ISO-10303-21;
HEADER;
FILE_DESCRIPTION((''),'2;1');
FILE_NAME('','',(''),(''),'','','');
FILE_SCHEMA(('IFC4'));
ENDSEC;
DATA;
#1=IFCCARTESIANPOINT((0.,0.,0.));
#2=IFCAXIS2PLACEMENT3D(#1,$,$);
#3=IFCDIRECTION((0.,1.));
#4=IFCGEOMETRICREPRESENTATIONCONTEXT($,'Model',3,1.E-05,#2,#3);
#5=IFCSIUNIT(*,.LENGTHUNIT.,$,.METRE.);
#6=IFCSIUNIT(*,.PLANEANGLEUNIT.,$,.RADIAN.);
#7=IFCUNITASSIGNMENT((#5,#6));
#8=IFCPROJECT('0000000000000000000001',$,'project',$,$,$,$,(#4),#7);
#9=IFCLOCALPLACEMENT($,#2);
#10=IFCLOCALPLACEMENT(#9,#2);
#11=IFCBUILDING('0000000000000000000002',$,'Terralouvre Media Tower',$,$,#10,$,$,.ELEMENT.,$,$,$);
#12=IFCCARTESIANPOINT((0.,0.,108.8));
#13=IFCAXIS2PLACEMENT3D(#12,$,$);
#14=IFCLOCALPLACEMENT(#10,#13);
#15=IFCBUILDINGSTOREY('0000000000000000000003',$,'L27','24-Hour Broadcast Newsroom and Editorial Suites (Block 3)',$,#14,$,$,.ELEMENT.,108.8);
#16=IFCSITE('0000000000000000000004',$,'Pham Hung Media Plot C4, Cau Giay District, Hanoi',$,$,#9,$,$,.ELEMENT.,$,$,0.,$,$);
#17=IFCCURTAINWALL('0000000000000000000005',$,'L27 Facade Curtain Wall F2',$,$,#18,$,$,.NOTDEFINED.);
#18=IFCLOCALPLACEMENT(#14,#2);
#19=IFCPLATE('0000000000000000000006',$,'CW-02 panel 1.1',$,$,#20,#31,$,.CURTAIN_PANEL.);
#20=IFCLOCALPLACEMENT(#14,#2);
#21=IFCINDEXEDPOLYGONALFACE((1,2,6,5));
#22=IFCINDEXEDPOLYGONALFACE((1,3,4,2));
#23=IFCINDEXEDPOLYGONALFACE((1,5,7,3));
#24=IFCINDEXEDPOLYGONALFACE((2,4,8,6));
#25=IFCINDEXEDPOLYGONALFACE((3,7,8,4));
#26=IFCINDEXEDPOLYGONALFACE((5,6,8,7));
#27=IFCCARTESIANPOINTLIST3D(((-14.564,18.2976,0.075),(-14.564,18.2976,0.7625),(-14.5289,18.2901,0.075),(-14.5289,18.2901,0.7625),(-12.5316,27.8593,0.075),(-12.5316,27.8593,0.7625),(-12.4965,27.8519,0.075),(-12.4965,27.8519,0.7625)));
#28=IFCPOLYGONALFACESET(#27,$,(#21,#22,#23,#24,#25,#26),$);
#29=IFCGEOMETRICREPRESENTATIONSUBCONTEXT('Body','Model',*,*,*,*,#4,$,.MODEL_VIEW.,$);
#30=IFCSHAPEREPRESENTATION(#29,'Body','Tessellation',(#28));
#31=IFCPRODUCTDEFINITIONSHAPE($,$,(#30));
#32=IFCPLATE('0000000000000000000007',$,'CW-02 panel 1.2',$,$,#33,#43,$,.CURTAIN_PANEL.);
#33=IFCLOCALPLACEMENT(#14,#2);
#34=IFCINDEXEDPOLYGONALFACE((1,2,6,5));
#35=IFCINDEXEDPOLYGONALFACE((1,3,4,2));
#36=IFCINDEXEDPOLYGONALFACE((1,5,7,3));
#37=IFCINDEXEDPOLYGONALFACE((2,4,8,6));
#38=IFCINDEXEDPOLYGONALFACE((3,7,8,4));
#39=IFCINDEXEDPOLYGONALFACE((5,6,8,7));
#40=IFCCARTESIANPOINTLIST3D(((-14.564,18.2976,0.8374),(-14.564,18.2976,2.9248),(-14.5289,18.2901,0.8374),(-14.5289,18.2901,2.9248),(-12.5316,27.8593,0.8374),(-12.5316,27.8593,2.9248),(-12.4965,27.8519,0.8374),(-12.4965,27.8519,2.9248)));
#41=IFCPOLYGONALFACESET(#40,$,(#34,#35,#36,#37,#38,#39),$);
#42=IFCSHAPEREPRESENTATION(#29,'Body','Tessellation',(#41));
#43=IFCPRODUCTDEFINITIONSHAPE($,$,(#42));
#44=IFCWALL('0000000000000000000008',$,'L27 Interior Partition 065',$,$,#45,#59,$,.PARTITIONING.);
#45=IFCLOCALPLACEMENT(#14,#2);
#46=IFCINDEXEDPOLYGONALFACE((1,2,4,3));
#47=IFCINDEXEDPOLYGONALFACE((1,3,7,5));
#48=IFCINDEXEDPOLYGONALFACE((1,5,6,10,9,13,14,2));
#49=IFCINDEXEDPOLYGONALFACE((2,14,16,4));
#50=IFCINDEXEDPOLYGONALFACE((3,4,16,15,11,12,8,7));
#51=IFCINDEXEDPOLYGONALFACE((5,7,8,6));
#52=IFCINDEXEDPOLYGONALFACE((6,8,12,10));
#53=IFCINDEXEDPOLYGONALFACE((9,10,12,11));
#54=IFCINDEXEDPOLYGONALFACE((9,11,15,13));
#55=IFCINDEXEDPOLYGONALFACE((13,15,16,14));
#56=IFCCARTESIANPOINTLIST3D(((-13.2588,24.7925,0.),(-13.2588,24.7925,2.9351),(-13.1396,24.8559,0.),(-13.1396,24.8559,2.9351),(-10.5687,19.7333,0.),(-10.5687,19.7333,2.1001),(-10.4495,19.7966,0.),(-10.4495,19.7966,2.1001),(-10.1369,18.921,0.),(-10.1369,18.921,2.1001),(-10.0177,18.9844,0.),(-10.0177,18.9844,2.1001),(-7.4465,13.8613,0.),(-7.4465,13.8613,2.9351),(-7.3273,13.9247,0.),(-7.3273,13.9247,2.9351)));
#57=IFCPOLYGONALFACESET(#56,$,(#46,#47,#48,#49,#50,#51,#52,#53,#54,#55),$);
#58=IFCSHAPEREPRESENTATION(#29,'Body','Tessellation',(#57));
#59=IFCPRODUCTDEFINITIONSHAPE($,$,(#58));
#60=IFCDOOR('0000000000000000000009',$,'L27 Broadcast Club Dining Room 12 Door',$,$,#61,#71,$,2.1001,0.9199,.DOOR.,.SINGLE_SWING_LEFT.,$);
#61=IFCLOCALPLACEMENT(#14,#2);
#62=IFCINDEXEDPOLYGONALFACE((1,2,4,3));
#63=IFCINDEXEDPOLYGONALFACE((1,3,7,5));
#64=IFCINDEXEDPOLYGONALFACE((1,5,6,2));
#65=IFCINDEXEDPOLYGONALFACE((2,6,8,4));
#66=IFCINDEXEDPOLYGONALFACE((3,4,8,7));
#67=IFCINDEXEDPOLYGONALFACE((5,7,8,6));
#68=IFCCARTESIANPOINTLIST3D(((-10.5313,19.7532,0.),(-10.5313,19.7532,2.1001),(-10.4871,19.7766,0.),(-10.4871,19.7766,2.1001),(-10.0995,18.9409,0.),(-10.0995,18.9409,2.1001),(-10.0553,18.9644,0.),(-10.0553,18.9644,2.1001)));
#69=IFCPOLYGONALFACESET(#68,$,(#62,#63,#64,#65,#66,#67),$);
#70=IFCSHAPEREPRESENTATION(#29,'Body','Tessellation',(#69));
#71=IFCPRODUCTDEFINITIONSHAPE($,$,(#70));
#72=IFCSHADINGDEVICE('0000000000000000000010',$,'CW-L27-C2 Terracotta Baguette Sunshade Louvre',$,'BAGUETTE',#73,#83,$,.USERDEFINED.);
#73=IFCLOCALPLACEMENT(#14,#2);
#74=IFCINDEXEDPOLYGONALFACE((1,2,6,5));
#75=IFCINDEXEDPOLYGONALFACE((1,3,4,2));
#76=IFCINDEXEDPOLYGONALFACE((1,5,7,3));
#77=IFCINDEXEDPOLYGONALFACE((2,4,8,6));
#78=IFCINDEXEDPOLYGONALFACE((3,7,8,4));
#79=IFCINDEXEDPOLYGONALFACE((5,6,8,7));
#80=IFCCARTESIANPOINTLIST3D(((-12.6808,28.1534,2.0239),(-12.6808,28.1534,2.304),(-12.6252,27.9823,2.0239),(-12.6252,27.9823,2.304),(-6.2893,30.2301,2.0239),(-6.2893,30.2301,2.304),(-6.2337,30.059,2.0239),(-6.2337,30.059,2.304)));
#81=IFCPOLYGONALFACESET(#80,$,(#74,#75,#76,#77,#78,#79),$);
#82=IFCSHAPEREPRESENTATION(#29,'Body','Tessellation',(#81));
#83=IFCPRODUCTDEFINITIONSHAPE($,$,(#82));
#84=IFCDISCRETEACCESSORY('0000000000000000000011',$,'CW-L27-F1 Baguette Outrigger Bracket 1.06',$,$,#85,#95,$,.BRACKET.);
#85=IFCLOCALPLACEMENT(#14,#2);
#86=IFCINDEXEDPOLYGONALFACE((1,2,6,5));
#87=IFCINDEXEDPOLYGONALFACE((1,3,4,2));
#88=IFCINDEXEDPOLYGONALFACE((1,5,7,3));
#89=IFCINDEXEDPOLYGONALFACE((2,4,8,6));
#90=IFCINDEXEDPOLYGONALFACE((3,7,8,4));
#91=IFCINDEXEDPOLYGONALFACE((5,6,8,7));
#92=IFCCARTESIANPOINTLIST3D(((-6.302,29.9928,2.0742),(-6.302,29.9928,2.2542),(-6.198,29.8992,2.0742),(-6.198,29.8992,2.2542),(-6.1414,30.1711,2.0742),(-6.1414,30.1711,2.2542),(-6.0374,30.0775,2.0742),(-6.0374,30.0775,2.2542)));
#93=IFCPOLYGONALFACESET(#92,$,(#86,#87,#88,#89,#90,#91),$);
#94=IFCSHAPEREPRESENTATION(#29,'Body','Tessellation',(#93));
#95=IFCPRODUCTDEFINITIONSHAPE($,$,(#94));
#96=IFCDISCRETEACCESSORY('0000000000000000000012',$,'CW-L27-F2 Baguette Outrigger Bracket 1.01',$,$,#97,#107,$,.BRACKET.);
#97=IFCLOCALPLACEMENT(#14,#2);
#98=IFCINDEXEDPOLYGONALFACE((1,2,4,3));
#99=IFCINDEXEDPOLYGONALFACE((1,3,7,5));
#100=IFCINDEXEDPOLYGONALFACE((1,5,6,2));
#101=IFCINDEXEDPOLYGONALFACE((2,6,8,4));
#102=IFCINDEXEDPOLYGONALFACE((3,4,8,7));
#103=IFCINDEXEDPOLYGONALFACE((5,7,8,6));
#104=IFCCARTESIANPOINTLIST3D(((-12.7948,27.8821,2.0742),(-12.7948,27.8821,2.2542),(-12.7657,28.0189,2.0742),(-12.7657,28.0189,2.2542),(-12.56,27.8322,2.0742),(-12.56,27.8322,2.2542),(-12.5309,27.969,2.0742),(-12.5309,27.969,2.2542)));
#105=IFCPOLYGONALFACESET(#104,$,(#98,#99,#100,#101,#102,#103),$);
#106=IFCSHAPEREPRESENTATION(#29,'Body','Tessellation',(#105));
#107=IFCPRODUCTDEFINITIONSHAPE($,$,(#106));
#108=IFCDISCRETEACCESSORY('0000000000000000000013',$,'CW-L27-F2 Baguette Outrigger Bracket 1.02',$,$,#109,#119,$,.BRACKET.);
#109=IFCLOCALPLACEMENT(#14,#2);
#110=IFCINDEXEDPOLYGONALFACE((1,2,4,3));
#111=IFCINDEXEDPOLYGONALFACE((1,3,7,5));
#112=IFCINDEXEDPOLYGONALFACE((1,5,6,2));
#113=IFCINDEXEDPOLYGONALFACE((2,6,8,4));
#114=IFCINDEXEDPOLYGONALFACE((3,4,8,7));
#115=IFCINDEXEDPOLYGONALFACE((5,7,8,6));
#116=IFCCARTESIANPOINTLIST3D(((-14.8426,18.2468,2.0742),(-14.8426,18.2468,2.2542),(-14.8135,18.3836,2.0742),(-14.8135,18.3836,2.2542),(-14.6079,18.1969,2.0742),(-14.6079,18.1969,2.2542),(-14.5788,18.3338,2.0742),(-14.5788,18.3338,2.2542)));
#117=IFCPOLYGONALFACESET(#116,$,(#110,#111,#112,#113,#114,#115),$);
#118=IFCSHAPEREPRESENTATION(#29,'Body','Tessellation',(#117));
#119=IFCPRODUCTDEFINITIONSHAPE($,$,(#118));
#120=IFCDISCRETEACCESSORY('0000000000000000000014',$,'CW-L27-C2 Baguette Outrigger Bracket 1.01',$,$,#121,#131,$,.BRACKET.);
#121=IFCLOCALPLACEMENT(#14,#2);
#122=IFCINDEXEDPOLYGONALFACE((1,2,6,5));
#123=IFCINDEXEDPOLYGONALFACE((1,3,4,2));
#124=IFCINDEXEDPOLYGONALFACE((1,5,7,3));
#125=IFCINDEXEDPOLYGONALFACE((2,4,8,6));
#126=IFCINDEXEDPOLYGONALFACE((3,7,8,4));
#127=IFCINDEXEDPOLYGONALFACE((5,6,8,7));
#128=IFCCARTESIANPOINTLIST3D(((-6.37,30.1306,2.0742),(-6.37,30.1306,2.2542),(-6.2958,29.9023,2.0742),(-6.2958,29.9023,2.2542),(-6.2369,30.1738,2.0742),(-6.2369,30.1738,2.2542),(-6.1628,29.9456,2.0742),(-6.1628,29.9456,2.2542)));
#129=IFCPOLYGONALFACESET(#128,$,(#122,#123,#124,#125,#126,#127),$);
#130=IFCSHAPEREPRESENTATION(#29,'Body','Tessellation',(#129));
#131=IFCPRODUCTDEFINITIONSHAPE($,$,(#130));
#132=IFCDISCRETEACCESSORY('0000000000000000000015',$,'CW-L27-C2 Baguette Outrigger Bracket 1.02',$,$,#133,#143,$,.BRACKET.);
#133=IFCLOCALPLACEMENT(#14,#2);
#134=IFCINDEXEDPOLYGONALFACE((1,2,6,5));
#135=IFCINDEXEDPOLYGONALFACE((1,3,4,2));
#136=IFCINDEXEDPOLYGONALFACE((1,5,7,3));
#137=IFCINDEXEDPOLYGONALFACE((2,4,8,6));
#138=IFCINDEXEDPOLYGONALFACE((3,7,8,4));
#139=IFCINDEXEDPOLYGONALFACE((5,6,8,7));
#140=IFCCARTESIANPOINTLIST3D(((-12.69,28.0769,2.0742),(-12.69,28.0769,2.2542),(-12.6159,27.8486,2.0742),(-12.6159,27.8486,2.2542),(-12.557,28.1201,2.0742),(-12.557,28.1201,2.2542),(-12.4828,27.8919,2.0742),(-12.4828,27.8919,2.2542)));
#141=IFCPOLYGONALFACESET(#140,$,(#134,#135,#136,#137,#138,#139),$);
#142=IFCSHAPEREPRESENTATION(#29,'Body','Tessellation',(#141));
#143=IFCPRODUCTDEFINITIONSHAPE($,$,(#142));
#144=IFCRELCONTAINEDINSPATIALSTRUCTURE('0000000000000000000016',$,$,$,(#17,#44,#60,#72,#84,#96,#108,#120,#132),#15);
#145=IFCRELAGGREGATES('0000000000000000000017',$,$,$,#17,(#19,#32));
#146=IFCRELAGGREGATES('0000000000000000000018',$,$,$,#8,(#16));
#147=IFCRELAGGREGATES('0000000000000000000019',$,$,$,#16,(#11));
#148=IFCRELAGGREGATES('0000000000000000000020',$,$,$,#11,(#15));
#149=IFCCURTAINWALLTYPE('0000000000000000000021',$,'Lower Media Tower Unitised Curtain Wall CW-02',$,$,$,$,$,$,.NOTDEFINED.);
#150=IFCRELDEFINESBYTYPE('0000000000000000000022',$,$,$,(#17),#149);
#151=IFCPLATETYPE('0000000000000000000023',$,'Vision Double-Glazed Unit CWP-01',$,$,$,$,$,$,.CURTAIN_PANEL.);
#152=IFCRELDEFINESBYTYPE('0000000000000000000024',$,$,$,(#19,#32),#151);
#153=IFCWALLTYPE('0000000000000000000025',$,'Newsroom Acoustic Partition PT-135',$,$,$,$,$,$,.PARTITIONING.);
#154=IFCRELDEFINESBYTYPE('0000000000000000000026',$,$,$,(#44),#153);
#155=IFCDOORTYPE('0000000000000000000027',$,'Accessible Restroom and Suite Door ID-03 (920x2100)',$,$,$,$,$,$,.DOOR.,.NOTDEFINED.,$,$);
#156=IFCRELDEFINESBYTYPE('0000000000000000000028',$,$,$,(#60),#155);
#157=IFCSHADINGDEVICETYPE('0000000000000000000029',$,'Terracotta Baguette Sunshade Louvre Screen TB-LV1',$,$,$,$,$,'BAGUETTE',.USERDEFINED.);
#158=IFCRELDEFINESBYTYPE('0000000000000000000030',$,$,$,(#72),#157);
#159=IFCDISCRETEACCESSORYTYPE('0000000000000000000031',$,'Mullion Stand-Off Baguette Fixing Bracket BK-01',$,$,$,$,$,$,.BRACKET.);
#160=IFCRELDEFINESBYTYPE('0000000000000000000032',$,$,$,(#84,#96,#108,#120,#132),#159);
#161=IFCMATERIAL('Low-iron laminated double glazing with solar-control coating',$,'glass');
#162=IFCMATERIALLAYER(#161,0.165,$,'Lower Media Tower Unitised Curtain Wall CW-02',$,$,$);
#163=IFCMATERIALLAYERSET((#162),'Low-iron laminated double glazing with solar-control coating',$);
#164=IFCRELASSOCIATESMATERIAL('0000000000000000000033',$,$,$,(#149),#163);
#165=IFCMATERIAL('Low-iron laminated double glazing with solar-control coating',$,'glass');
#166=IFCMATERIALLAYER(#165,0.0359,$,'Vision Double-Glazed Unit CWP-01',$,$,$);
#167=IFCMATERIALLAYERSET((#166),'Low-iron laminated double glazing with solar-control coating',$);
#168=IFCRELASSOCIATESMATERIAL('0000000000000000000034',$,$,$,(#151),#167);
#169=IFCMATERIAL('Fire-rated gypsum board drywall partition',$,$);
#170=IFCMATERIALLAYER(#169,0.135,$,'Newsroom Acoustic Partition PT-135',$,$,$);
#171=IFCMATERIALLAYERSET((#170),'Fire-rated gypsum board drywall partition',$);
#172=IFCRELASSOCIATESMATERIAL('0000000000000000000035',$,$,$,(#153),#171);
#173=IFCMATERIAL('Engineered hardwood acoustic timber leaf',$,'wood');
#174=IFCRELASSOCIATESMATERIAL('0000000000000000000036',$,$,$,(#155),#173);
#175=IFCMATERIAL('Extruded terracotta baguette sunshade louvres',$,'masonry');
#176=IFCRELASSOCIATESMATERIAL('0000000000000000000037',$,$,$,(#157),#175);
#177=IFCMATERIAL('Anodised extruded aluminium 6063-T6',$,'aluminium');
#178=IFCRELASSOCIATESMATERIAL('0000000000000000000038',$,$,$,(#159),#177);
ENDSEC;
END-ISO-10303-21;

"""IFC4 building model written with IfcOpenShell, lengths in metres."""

from ifc_helpers import new_model, si_unit, direction, frame, frame_2d, origin, origin_2d, place, context, subcontext, project, spatial, rectangle, extrude, material, layer, layer_set, type_object, element, fill, aggregate, save


model = new_model("IFC4")

# Units and contexts
model_context = context("Model", 3, precision=1e-05, world=origin(), true_north=direction((0.0, 1.0)))
body_context = subcontext(model_context, "Body", "Model", "MODEL_VIEW")
ifc_project = project(units=[si_unit("LENGTHUNIT", "METRE"), si_unit("PLANEANGLEUNIT", "RADIAN")], contexts=[model_context])

# Site, building, storey
site_placement = place(None, origin())
site = spatial("IfcSite", under=ifc_project, at=site_placement, Name="Pham Hung Media Plot C4, Cau Giay District, Hanoi", CompositionType="ELEMENT", RefElevation=0.0)
building_placement = place(site_placement, origin())
building = spatial("IfcBuilding", under=site, at=building_placement, Name="Terralouvre Media Tower", CompositionType="ELEMENT")
storey_placement = place(building_placement, frame((0.0, 0.0, 108.8)))
storey = spatial("IfcBuildingStorey", under=building, at=storey_placement, Name="L27", Description="24-Hour Broadcast Newsroom and Editorial Suites (Block 3)", CompositionType="ELEMENT", Elevation=108.8)

# Curtain wall
ifc_material_1 = material(Name="Low-iron laminated double glazing with solar-control coating", Category="glass")
ifc_layer_1 = layer(ifc_material_1, 0.165, Name="Lower Media Tower Unitised Curtain Wall CW-02")
ifc_layer_set_1 = layer_set([ifc_layer_1], Name="Low-iron laminated double glazing with solar-control coating")
curtain_wall_type_1 = type_object("IfcCurtainWallType", Name="Lower Media Tower Unitised Curtain Wall CW-02", PredefinedType="NOTDEFINED", material=ifc_layer_set_1)
curtain_wall_1_placement = place(storey_placement, origin())
curtain_wall_1 = element("IfcCurtainWall", 1, at=curtain_wall_1_placement, inside=storey, type_object=curtain_wall_type_1, Name="L27 Facade Curtain Wall F2", PredefinedType="NOTDEFINED")

# Plates
ifc_material_2 = material(Name="Low-iron laminated double glazing with solar-control coating", Category="glass")
ifc_layer_2 = layer(ifc_material_2, 0.0359, Name="Vision Double-Glazed Unit CWP-01")
ifc_layer_set_2 = layer_set([ifc_layer_2], Name="Low-iron laminated double glazing with solar-control coating")
plate_type_1 = type_object("IfcPlateType", Name="Vision Double-Glazed Unit CWP-01", PredefinedType="CURTAIN_PANEL", material=ifc_layer_set_2)
plate_1_placement = place(storey_placement, frame((-13.5303, 23.0747, 0.075), z_axis=(0.0, 0.0, 1.0), x_axis=(-0.207912, -0.978148, 0.0)))
plate_1 = element("IfcPlate", 2, at=plate_1_placement, type_object=plate_type_1, Name="CW-02 panel 1.1", PredefinedType="CURTAIN_PANEL", context=body_context, shape_type="SweptSolid", body=[
    extrude(rectangle(XDim=9.7754, YDim=0.0359, at=origin_2d()), origin(), (0.0, 0.0, 1.0), 0.6875),
])
plate_2_placement = place(storey_placement, frame((-13.5303, 23.0747, 0.8374), z_axis=(0.0, 0.0, 1.0), x_axis=(-0.207912, -0.978148, 0.0)))
plate_2 = element("IfcPlate", 3, at=plate_2_placement, type_object=plate_type_1, Name="CW-02 panel 1.2", PredefinedType="CURTAIN_PANEL", context=body_context, shape_type="SweptSolid", body=[
    extrude(rectangle(XDim=9.7754, YDim=0.0359, at=origin_2d()), origin(), (0.0, 0.0, 1.0), 2.0874),
])
aggregate(curtain_wall_1, [plate_1, plate_2])

# Wall, opening, door
ifc_material_3 = material(Name="Fire-rated gypsum board drywall partition")
ifc_layer_3 = layer(ifc_material_3, 0.135, Name="Newsroom Acoustic Partition PT-135")
ifc_layer_set_3 = layer_set([ifc_layer_3], Name="Fire-rated gypsum board drywall partition")
wall_type = type_object("IfcWallType", Name="Newsroom Acoustic Partition PT-135", PredefinedType="PARTITIONING", material=ifc_layer_set_3)
wall_placement = place(storey_placement, frame((-13.1992, 24.8242, 0.0), z_axis=(0.0, 0.0, 1.0), x_axis=(0.469475, -0.882946, 0.0)))
wall = element("IfcWall", 4, at=wall_placement, inside=storey, type_object=wall_type, Name="L27 Interior Partition 065", PredefinedType="PARTITIONING", context=body_context, shape_type="SweptSolid", body=[
    extrude(rectangle(XDim=12.3804, YDim=0.135, at=frame_2d((6.1902, 0.0))), origin(), (0.0, 0.0, 1.0), 2.9351),
])
opening_placement = place(wall_placement, frame((5.73, 0.0, 0.0)))
opening = element("IfcOpeningElement", 5, at=opening_placement, cuts=wall, PredefinedType="OPENING", context=body_context, shape_type="SweptSolid", body=[
    extrude(rectangle(XDim=0.9199, YDim=2.1001, at=frame_2d((0.46, 1.05))), frame((0.0, 0.0774, 0.0), z_axis=(0.0, -1.0, 0.0), x_axis=(1.0, 0.0, 0.0)), (0.0, 0.0, 1.0), 0.155),
])
ifc_material_4 = material(Name="Engineered hardwood acoustic timber leaf", Category="wood")
door_type = type_object("IfcDoorType", Name="Accessible Restroom and Suite Door ID-03 (920x2100)", OperationType="NOTDEFINED", PredefinedType="DOOR", material=ifc_material_4)
door_placement = place(opening_placement, origin())
door = element("IfcDoor", 6, at=door_placement, inside=storey, type_object=door_type, Name="L27 Broadcast Club Dining Room 12 Door", OperationType="SINGLE_SWING_LEFT", OverallHeight=2.1001, OverallWidth=0.9199, PredefinedType="DOOR", context=body_context, shape_type="SweptSolid", body=[
    extrude(rectangle(XDim=0.9199, YDim=2.1001, at=frame_2d((0.46, 1.05))), frame((0.0, 0.0249, 0.0), z_axis=(0.0, -1.0, 0.0), x_axis=(1.0, 0.0, 0.0)), (0.0, 0.0, 1.0), 0.05),
])
fill(opening, door)

# Shading device
ifc_material_5 = material(Name="Extruded terracotta baguette sunshade louvres", Category="masonry")
shading_device_type = type_object("IfcShadingDeviceType", Name="Terracotta Baguette Sunshade Louvre Screen TB-LV1", ElementType="BAGUETTE", PredefinedType="USERDEFINED", material=ifc_material_5)
shading_device_placement = place(storey_placement, frame((-9.4573, 29.1062, 2.0239), z_axis=(0.0, 0.0, 1.0), x_axis=(-0.951056, -0.309018, 0.0)))
element("IfcShadingDevice", 7, at=shading_device_placement, inside=storey, type_object=shading_device_type, Name="CW-L27-C2 Terracotta Baguette Sunshade Louvre", ObjectType="BAGUETTE", PredefinedType="USERDEFINED", context=body_context, shape_type="SweptSolid", body=[
    extrude(rectangle(XDim=6.7205, YDim=0.1799, at=origin_2d()), origin(), (0.0, 0.0, 1.0), 0.28),
])

# Discrete accessories
ifc_material_6 = material(Name="Anodised extruded aluminium 6063-T6", Category="aluminium")
discrete_accessory_type = type_object("IfcDiscreteAccessoryType", Name="Mullion Stand-Off Baguette Fixing Bracket BK-01", PredefinedType="BRACKET", material=ifc_material_6)
for number, where, z_axis, x_axis, name in (
    (8, (-6.1697, 30.0352, 2.0742), (0.0, 0.0, 1.0), (-0.743145, 0.669131, 0.0), "CW-L27-F1 Baguette Outrigger Bracket 1.06"),
    (9, (-12.6628, 27.9255, 2.0742), (0.0, 0.0, 1.0), (-0.207912, -0.978148, 0.0), "CW-L27-F2 Baguette Outrigger Bracket 1.01"),
    (10, (-14.7107, 18.2903, 2.0742), (0.0, 0.0, 1.0), (-0.207912, -0.978148, 0.0), "CW-L27-F2 Baguette Outrigger Bracket 1.02"),
    (11, (-6.2664, 30.0381, 2.0742), (0.0, 0.0, 1.0), (-0.951056, -0.309018, 0.0), "CW-L27-C2 Baguette Outrigger Bracket 1.01"),
    (12, (-12.5864, 27.9844, 2.0742), (0.0, 0.0, 1.0), (-0.951056, -0.309018, 0.0), "CW-L27-C2 Baguette Outrigger Bracket 1.02"),
):
    element("IfcDiscreteAccessory", number, at=place(storey_placement, frame(where, z_axis=z_axis, x_axis=x_axis)), inside=storey, type_object=discrete_accessory_type, Name=name, PredefinedType="BRACKET", context=body_context, shape_type="SweptSolid", body=[
        extrude(rectangle(XDim=0.1399, YDim=0.24, at=origin_2d()), origin(), (0.0, 0.0, 1.0), 0.1799),
    ])

save(model, "model.ifc")
